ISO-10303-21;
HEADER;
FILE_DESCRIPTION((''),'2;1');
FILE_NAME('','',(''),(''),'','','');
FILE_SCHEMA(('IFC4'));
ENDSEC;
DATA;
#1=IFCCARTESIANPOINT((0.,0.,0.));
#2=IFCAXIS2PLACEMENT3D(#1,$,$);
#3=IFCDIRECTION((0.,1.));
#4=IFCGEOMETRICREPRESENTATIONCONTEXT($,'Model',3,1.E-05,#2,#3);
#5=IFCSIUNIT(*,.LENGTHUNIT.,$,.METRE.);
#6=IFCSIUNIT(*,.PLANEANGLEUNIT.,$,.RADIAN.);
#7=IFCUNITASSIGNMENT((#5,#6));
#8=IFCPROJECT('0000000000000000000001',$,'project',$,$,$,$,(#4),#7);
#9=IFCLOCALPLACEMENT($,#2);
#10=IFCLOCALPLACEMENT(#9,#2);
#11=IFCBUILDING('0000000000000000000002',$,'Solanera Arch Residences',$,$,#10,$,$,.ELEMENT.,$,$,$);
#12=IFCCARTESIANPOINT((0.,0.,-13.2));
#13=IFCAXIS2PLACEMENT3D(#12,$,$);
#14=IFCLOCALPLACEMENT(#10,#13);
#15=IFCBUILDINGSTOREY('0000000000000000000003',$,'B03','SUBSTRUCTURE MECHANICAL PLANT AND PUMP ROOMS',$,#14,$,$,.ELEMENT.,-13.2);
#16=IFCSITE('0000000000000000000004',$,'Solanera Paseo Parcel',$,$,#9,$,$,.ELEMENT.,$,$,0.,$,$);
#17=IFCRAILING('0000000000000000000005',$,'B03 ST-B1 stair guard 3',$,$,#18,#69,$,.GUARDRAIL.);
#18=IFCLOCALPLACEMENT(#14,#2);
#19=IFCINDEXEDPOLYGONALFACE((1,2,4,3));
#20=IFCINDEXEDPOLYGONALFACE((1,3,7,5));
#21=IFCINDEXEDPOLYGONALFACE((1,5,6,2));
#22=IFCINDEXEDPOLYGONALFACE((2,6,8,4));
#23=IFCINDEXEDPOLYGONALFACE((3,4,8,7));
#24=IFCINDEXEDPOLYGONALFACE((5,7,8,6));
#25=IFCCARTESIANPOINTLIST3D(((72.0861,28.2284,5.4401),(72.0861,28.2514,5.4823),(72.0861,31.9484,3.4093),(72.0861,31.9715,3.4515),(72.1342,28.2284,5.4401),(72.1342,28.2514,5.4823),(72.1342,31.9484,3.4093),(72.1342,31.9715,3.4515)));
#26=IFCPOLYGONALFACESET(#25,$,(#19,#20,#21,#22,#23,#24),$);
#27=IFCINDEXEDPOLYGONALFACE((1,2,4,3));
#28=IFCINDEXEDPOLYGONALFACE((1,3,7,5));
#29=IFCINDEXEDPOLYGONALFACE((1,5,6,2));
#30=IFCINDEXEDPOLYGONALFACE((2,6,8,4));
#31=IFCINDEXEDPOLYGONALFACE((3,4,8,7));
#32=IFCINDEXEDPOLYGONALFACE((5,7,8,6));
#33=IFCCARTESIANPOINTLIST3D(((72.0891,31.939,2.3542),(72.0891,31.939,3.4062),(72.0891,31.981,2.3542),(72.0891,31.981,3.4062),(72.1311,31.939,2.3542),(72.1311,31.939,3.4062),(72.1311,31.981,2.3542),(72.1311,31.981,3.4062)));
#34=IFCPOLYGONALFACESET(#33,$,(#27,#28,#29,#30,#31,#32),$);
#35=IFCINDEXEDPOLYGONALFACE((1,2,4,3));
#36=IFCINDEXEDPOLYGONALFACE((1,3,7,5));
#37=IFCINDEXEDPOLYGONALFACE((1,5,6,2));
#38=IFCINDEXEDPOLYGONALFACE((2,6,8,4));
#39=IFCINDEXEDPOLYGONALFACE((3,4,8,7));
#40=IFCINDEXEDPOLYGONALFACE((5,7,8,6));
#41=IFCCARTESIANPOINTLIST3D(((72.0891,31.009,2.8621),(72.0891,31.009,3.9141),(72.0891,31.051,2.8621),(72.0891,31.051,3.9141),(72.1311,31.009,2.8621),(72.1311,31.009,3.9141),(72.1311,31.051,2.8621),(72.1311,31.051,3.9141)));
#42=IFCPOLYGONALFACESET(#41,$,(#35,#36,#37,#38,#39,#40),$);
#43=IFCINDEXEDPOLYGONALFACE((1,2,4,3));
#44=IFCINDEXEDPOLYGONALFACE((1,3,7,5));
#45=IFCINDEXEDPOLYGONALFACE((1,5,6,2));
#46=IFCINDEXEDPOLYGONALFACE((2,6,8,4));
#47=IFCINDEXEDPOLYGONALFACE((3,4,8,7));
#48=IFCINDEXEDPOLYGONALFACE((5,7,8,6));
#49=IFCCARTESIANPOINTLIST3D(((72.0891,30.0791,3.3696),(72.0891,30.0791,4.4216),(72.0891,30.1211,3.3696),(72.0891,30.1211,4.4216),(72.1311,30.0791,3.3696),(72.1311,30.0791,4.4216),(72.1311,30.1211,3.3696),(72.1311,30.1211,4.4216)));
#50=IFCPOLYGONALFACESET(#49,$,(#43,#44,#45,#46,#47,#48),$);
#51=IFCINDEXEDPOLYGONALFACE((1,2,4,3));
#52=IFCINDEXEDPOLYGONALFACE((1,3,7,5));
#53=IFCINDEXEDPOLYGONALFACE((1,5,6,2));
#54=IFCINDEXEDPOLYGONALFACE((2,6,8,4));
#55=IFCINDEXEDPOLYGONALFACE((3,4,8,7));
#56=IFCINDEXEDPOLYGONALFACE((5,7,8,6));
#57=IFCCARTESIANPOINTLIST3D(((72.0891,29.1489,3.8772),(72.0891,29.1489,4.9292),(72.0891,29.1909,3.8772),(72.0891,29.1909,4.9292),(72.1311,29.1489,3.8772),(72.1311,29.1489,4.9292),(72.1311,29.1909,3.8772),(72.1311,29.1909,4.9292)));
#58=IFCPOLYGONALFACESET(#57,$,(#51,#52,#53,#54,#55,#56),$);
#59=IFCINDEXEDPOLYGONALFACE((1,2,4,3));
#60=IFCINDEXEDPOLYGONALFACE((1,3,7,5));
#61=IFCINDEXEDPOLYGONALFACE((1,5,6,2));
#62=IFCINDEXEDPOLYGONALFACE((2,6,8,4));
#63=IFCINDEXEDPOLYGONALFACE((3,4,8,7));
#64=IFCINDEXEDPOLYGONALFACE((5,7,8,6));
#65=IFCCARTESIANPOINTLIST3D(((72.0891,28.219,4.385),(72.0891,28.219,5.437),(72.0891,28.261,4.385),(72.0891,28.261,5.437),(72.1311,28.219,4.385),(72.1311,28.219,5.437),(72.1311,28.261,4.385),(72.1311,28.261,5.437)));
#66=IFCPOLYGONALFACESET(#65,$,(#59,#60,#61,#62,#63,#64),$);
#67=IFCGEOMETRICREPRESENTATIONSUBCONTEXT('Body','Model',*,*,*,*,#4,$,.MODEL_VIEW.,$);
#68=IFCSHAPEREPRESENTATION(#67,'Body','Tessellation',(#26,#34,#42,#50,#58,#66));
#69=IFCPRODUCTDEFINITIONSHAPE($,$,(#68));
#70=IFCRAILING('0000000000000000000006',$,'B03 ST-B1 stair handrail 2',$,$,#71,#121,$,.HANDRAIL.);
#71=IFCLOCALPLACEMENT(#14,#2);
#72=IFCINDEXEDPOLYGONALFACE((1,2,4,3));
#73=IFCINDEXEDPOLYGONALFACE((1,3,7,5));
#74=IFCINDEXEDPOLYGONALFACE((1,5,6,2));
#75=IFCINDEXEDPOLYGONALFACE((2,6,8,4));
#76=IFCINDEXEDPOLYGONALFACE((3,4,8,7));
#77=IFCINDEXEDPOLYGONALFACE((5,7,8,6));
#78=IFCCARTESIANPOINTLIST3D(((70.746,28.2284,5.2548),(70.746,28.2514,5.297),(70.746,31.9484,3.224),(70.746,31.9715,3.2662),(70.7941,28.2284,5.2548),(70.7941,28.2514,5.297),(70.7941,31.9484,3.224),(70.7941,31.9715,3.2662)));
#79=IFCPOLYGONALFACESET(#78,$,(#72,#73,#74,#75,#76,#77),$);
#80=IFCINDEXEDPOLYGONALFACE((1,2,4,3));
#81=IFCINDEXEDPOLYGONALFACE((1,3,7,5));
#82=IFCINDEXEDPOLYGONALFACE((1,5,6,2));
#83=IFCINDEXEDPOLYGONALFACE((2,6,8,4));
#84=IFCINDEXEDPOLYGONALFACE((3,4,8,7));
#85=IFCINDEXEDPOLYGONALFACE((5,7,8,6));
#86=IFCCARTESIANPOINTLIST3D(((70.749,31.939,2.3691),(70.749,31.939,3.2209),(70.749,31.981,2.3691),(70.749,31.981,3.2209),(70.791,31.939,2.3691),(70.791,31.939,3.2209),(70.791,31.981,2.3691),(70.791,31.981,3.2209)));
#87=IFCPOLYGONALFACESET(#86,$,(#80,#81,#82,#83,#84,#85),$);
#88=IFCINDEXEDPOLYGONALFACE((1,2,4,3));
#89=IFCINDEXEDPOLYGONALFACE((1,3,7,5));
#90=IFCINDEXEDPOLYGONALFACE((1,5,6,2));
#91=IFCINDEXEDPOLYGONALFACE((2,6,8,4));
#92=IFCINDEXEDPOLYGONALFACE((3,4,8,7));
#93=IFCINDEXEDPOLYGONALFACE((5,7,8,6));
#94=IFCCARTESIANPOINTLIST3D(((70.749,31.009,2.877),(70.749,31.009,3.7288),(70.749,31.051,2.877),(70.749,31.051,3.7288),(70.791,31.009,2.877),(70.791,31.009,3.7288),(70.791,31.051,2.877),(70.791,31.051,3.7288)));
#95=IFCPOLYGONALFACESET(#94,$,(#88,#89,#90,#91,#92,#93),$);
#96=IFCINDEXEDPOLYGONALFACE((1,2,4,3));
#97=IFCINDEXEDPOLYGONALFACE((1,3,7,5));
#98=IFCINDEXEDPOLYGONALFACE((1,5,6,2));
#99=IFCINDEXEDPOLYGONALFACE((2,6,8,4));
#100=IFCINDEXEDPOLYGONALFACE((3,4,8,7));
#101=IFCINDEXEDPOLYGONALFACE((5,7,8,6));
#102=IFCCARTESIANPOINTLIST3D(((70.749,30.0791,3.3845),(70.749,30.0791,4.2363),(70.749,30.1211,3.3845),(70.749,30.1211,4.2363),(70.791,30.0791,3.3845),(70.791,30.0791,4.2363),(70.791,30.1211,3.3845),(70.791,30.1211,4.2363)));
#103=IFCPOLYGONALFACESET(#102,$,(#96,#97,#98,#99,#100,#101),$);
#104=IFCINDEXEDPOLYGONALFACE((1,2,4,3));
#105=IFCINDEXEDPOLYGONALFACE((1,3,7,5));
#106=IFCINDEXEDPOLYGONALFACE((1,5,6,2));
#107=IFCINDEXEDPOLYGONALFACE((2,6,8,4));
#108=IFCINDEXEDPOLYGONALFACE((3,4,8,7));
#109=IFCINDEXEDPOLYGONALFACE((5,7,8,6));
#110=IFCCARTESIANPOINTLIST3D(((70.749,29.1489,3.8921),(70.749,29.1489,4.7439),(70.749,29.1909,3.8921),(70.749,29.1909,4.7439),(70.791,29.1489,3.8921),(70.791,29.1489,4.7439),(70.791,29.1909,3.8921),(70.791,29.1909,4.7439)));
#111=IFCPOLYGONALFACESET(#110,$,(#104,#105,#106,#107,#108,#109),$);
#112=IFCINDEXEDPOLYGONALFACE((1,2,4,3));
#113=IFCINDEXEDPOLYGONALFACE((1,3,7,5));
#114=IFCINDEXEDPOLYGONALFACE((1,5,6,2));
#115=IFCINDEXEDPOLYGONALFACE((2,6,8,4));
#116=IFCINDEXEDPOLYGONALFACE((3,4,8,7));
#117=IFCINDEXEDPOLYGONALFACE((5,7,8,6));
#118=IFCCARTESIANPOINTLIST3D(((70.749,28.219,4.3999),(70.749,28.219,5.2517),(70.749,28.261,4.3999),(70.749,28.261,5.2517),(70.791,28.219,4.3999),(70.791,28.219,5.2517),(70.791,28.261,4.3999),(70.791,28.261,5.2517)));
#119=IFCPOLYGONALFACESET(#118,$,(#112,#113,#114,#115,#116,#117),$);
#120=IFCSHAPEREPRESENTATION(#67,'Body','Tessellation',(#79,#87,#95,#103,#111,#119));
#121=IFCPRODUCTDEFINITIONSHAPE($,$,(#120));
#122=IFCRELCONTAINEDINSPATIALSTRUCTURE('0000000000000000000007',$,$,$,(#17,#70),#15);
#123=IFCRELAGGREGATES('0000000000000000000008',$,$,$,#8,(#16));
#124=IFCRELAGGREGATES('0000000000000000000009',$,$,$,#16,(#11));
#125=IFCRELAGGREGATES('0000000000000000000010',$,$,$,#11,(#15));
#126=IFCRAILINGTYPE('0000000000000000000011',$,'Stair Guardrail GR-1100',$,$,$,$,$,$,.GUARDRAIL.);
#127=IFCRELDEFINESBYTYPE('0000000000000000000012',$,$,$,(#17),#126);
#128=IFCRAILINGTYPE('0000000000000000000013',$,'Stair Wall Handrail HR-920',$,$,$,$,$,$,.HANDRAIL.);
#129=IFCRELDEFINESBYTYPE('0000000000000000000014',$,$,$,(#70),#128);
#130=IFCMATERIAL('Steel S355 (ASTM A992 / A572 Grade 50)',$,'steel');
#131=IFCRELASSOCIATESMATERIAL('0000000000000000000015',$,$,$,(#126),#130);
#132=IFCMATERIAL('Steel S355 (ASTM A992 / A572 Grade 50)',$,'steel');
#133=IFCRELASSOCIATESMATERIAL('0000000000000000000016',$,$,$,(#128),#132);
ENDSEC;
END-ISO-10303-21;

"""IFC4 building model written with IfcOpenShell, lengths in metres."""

from ifc_helpers import new_model, si_unit, direction, frame, origin, origin_2d, place, context, subcontext, project, spatial, rectangle, extrude, material, type_object, element, save


model = new_model("IFC4")

# Units and contexts
model_context = context("Model", 3, precision=1e-05, world=origin(), true_north=direction((0.0, 1.0)))
body_context = subcontext(model_context, "Body", "Model", "MODEL_VIEW")
ifc_project = project(units=[si_unit("LENGTHUNIT", "METRE"), si_unit("PLANEANGLEUNIT", "RADIAN")], contexts=[model_context])

# Site, building, storey
site_placement = place(None, origin())
site = spatial("IfcSite", under=ifc_project, at=site_placement, Name="Solanera Paseo Parcel", CompositionType="ELEMENT", RefElevation=0.0)
building_placement = place(site_placement, origin())
building = spatial("IfcBuilding", under=site, at=building_placement, Name="Solanera Arch Residences", CompositionType="ELEMENT")
storey_placement = place(building_placement, frame((0.0, 0.0, -13.2)))
storey = spatial("IfcBuildingStorey", under=building, at=storey_placement, Name="B03", Description="SUBSTRUCTURE MECHANICAL PLANT AND PUMP ROOMS", CompositionType="ELEMENT", Elevation=-13.2)

# Railings
ifc_material_1 = material(Name="Steel S355 (ASTM A992 / A572 Grade 50)", Category="steel")
railing_type_1 = type_object("IfcRailingType", Name="Stair Guardrail GR-1100", PredefinedType="GUARDRAIL", material=ifc_material_1)
railing_1_placement = place(storey_placement, frame((72.1101, 31.96, 2.3542)))
element("IfcRailing", 1, at=railing_1_placement, inside=storey, type_object=railing_type_1, Name="B03 ST-B1 stair guard 3", PredefinedType="GUARDRAIL", context=body_context, shape_type="SweptSolid", body=[
    extrude(rectangle(XDim=0.0481, YDim=0.0481, at=origin_2d()), frame((0.0, 0.0, 1.0762), z_axis=(0.0, -0.877728, 0.479159), x_axis=(1.0, 0.0, 0.0)), (0.0, 0.0, 1.0), 4.2383),
    extrude(rectangle(XDim=0.042, YDim=0.042, at=origin_2d()), origin(), (0.0, 0.0, 1.0), 1.052),
    extrude(rectangle(XDim=0.042, YDim=0.042, at=origin_2d()), frame((0.0, -0.9299, 0.5078)), (0.0, 0.0, 1.0), 1.052),
    extrude(rectangle(XDim=0.042, YDim=0.042, at=origin_2d()), frame((0.0, -1.8599, 1.0154)), (0.0, 0.0, 1.0), 1.052),
    extrude(rectangle(XDim=0.042, YDim=0.042, at=origin_2d()), frame((0.0, -2.79, 1.5229)), (0.0, 0.0, 1.0), 1.052),
    extrude(rectangle(XDim=0.042, YDim=0.042, at=origin_2d()), frame((0.0, -3.72, 2.0308)), (0.0, 0.0, 1.0), 1.052),
])
ifc_material_2 = material(Name="Steel S355 (ASTM A992 / A572 Grade 50)", Category="steel")
railing_type_2 = type_object("IfcRailingType", Name="Stair Wall Handrail HR-920", PredefinedType="HANDRAIL", material=ifc_material_2)
railing_2_placement = place(storey_placement, frame((70.77, 31.96, 2.3691)))
element("IfcRailing", 2, at=railing_2_placement, inside=storey, type_object=railing_type_2, Name="B03 ST-B1 stair handrail 2", PredefinedType="HANDRAIL", context=body_context, shape_type="SweptSolid", body=[
    extrude(rectangle(XDim=0.0481, YDim=0.0481, at=origin_2d()), frame((0.0, 0.0, 0.876), z_axis=(0.0, -0.877728, 0.479159), x_axis=(1.0, 0.0, 0.0)), (0.0, 0.0, 1.0), 4.2383),
    extrude(rectangle(XDim=0.042, YDim=0.042, at=origin_2d()), origin(), (0.0, 0.0, 1.0), 0.8518),
    extrude(rectangle(XDim=0.042, YDim=0.042, at=origin_2d()), frame((0.0, -0.9299, 0.5078)), (0.0, 0.0, 1.0), 0.8518),
    extrude(rectangle(XDim=0.042, YDim=0.042, at=origin_2d()), frame((0.0, -1.8599, 1.0154)), (0.0, 0.0, 1.0), 0.8518),
    extrude(rectangle(XDim=0.042, YDim=0.042, at=origin_2d()), frame((0.0, -2.79, 1.5229)), (0.0, 0.0, 1.0), 0.8518),
    extrude(rectangle(XDim=0.042, YDim=0.042, at=origin_2d()), frame((0.0, -3.72, 2.0308)), (0.0, 0.0, 1.0), 0.8518),
])

save(model, "model.ifc")
